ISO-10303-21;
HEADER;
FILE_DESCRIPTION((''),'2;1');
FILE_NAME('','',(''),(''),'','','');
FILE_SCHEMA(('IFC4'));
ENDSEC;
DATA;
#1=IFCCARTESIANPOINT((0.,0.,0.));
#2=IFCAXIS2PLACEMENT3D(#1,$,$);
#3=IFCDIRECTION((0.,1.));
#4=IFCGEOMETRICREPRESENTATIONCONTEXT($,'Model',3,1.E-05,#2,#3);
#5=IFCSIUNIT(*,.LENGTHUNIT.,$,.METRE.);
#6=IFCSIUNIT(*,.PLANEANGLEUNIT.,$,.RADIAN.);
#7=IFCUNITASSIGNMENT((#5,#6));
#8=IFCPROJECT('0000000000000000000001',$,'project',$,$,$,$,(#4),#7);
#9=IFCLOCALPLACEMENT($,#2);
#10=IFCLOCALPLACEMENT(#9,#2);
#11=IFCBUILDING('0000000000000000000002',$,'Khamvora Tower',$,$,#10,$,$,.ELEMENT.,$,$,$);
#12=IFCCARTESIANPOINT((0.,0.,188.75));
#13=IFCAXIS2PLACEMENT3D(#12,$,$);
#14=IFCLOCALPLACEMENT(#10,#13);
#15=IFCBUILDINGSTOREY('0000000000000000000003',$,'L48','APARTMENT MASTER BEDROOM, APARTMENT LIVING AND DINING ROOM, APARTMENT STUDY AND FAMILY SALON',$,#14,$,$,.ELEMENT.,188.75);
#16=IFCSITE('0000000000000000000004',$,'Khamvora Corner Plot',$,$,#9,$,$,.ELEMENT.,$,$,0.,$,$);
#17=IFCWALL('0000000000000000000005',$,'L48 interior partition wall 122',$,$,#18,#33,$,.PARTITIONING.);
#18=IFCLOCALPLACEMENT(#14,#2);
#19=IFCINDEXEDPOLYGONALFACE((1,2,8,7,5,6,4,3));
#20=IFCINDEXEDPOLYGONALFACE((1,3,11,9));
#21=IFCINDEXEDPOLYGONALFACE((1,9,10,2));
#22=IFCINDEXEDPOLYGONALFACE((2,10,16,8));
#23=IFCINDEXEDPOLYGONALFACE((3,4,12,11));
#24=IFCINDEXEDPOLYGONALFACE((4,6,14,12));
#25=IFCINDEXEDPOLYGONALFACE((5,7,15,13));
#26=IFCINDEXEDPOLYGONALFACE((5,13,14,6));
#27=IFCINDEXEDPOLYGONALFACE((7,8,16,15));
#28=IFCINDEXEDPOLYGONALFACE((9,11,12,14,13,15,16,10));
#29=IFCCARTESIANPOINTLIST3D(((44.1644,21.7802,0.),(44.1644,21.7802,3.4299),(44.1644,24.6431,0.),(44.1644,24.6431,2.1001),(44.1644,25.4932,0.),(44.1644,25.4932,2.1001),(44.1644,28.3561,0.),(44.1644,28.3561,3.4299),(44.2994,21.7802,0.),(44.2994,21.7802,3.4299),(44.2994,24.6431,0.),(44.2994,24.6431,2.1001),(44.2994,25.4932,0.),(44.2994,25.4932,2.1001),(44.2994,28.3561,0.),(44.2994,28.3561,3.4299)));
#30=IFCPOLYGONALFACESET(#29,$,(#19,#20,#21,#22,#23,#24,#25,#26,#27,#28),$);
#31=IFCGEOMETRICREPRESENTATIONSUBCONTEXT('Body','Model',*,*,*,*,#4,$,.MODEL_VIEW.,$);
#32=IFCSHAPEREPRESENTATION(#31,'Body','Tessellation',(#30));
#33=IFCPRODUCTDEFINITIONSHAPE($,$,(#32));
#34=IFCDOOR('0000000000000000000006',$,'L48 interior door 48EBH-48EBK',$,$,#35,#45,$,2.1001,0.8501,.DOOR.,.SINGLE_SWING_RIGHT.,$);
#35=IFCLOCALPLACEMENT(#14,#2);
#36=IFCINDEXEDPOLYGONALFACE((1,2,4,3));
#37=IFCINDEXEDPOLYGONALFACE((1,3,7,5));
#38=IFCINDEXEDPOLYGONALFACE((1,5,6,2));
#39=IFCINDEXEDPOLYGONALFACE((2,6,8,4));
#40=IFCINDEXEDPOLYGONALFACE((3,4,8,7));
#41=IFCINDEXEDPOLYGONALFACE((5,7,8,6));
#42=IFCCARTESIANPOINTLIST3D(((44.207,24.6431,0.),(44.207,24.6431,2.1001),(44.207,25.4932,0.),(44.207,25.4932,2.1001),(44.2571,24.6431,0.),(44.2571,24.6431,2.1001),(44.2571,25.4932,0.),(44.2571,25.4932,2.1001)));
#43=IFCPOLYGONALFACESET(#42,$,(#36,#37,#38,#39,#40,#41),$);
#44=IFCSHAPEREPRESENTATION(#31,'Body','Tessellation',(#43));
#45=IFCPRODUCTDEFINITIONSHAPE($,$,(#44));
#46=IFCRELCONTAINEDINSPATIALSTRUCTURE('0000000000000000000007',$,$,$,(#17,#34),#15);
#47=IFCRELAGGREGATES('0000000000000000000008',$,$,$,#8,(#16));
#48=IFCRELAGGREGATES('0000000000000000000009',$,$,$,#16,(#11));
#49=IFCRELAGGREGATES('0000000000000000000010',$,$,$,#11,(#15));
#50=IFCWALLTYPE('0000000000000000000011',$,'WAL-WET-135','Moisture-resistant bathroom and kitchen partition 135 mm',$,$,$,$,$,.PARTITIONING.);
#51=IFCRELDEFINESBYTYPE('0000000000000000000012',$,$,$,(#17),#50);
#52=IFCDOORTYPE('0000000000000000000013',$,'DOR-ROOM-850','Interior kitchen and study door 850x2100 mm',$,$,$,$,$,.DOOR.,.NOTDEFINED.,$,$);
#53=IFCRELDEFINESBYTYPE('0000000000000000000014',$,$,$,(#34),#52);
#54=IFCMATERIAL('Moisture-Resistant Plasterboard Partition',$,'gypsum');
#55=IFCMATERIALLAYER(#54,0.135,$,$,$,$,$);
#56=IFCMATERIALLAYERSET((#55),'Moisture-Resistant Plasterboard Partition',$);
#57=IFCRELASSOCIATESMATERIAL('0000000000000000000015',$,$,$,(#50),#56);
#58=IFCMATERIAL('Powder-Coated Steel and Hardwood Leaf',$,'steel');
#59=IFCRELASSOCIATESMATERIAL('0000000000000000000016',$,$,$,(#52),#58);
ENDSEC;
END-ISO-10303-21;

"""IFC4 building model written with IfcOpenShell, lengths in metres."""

from ifc_helpers import new_model, si_unit, direction, frame, frame_2d, origin, place, context, subcontext, project, spatial, rectangle, extrude, material, layer, layer_set, type_object, element, fill, save


model = new_model("IFC4")

# Units and contexts
model_context = context("Model", 3, precision=1e-05, world=origin(), true_north=direction((0.0, 1.0)))
body_context = subcontext(model_context, "Body", "Model", "MODEL_VIEW")
ifc_project = project(units=[si_unit("LENGTHUNIT", "METRE"), si_unit("PLANEANGLEUNIT", "RADIAN")], contexts=[model_context])

# Site, building, storey
site_placement = place(None, origin())
site = spatial("IfcSite", under=ifc_project, at=site_placement, Name="Khamvora Corner Plot", CompositionType="ELEMENT", RefElevation=0.0)
building_placement = place(site_placement, origin())
building = spatial("IfcBuilding", under=site, at=building_placement, Name="Khamvora Tower", CompositionType="ELEMENT")
storey_placement = place(building_placement, frame((0.0, 0.0, 188.75)))
storey = spatial("IfcBuildingStorey", under=building, at=storey_placement, Name="L48", Description="APARTMENT MASTER BEDROOM, APARTMENT LIVING AND DINING ROOM, APARTMENT STUDY AND FAMILY SALON", CompositionType="ELEMENT", Elevation=188.75)

# Shared definitions
ifc_material_1 = material(Name="Powder-Coated Steel and Hardwood Leaf", Category="steel")

# Wall, opening, door
ifc_material_2 = material(Name="Moisture-Resistant Plasterboard Partition", Category="gypsum")
ifc_layer_1 = layer(ifc_material_2, 0.135)
ifc_layer_set_1 = layer_set([ifc_layer_1], Name="Moisture-Resistant Plasterboard Partition")
wall_type_1 = type_object("IfcWallType", Name="WAL-WET-135", Description="Moisture-resistant bathroom and kitchen partition 135 mm", PredefinedType="PARTITIONING", material=ifc_layer_set_1)
wall_1_placement = place(storey_placement, frame((44.2319, 21.78, 0.0), z_axis=(0.0, 0.0, 1.0), x_axis=(0.0, 1.0, 0.0)))
wall_1 = element("IfcWall", 1, at=wall_1_placement, inside=storey, type_object=wall_type_1, Name="L48 interior partition wall 122", PredefinedType="PARTITIONING", context=body_context, shape_type="SweptSolid", body=[
    extrude(rectangle(XDim=6.5759, YDim=0.135, at=frame_2d((3.2881, 0.0))), origin(), (0.0, 0.0, 1.0), 3.4299),
])
opening_1_placement = place(wall_1_placement, frame((2.863, 0.0, 0.0)))
opening_1 = element("IfcOpeningElement", 2, at=opening_1_placement, cuts=wall_1, PredefinedType="OPENING", context=body_context, shape_type="SweptSolid", body=[
    extrude(rectangle(XDim=0.8501, YDim=2.1001, at=frame_2d((0.425, 1.05))), frame((0.0, 0.0774, 0.0), z_axis=(0.0, -1.0, 0.0), x_axis=(1.0, 0.0, 0.0)), (0.0, 0.0, 1.0), 0.155),
])
door_type_1 = type_object("IfcDoorType", Name="DOR-ROOM-850", Description="Interior kitchen and study door 850x2100 mm", OperationType="NOTDEFINED", PredefinedType="DOOR", material=ifc_material_1)
door_1_placement = place(opening_1_placement, origin())
door_1 = element("IfcDoor", 3, at=door_1_placement, inside=storey, type_object=door_type_1, Name="L48 interior door 48EBH-48EBK", OperationType="SINGLE_SWING_RIGHT", OverallHeight=2.1001, OverallWidth=0.8501, PredefinedType="DOOR", context=body_context, shape_type="SweptSolid", body=[
    extrude(rectangle(XDim=0.8501, YDim=2.1001, at=frame_2d((0.425, 1.05))), frame((0.0, 0.0249, 0.0), z_axis=(0.0, -1.0, 0.0), x_axis=(1.0, 0.0, 0.0)), (0.0, 0.0, 1.0), 0.05),
])
fill(opening_1, door_1)

save(model, "model.ifc")
